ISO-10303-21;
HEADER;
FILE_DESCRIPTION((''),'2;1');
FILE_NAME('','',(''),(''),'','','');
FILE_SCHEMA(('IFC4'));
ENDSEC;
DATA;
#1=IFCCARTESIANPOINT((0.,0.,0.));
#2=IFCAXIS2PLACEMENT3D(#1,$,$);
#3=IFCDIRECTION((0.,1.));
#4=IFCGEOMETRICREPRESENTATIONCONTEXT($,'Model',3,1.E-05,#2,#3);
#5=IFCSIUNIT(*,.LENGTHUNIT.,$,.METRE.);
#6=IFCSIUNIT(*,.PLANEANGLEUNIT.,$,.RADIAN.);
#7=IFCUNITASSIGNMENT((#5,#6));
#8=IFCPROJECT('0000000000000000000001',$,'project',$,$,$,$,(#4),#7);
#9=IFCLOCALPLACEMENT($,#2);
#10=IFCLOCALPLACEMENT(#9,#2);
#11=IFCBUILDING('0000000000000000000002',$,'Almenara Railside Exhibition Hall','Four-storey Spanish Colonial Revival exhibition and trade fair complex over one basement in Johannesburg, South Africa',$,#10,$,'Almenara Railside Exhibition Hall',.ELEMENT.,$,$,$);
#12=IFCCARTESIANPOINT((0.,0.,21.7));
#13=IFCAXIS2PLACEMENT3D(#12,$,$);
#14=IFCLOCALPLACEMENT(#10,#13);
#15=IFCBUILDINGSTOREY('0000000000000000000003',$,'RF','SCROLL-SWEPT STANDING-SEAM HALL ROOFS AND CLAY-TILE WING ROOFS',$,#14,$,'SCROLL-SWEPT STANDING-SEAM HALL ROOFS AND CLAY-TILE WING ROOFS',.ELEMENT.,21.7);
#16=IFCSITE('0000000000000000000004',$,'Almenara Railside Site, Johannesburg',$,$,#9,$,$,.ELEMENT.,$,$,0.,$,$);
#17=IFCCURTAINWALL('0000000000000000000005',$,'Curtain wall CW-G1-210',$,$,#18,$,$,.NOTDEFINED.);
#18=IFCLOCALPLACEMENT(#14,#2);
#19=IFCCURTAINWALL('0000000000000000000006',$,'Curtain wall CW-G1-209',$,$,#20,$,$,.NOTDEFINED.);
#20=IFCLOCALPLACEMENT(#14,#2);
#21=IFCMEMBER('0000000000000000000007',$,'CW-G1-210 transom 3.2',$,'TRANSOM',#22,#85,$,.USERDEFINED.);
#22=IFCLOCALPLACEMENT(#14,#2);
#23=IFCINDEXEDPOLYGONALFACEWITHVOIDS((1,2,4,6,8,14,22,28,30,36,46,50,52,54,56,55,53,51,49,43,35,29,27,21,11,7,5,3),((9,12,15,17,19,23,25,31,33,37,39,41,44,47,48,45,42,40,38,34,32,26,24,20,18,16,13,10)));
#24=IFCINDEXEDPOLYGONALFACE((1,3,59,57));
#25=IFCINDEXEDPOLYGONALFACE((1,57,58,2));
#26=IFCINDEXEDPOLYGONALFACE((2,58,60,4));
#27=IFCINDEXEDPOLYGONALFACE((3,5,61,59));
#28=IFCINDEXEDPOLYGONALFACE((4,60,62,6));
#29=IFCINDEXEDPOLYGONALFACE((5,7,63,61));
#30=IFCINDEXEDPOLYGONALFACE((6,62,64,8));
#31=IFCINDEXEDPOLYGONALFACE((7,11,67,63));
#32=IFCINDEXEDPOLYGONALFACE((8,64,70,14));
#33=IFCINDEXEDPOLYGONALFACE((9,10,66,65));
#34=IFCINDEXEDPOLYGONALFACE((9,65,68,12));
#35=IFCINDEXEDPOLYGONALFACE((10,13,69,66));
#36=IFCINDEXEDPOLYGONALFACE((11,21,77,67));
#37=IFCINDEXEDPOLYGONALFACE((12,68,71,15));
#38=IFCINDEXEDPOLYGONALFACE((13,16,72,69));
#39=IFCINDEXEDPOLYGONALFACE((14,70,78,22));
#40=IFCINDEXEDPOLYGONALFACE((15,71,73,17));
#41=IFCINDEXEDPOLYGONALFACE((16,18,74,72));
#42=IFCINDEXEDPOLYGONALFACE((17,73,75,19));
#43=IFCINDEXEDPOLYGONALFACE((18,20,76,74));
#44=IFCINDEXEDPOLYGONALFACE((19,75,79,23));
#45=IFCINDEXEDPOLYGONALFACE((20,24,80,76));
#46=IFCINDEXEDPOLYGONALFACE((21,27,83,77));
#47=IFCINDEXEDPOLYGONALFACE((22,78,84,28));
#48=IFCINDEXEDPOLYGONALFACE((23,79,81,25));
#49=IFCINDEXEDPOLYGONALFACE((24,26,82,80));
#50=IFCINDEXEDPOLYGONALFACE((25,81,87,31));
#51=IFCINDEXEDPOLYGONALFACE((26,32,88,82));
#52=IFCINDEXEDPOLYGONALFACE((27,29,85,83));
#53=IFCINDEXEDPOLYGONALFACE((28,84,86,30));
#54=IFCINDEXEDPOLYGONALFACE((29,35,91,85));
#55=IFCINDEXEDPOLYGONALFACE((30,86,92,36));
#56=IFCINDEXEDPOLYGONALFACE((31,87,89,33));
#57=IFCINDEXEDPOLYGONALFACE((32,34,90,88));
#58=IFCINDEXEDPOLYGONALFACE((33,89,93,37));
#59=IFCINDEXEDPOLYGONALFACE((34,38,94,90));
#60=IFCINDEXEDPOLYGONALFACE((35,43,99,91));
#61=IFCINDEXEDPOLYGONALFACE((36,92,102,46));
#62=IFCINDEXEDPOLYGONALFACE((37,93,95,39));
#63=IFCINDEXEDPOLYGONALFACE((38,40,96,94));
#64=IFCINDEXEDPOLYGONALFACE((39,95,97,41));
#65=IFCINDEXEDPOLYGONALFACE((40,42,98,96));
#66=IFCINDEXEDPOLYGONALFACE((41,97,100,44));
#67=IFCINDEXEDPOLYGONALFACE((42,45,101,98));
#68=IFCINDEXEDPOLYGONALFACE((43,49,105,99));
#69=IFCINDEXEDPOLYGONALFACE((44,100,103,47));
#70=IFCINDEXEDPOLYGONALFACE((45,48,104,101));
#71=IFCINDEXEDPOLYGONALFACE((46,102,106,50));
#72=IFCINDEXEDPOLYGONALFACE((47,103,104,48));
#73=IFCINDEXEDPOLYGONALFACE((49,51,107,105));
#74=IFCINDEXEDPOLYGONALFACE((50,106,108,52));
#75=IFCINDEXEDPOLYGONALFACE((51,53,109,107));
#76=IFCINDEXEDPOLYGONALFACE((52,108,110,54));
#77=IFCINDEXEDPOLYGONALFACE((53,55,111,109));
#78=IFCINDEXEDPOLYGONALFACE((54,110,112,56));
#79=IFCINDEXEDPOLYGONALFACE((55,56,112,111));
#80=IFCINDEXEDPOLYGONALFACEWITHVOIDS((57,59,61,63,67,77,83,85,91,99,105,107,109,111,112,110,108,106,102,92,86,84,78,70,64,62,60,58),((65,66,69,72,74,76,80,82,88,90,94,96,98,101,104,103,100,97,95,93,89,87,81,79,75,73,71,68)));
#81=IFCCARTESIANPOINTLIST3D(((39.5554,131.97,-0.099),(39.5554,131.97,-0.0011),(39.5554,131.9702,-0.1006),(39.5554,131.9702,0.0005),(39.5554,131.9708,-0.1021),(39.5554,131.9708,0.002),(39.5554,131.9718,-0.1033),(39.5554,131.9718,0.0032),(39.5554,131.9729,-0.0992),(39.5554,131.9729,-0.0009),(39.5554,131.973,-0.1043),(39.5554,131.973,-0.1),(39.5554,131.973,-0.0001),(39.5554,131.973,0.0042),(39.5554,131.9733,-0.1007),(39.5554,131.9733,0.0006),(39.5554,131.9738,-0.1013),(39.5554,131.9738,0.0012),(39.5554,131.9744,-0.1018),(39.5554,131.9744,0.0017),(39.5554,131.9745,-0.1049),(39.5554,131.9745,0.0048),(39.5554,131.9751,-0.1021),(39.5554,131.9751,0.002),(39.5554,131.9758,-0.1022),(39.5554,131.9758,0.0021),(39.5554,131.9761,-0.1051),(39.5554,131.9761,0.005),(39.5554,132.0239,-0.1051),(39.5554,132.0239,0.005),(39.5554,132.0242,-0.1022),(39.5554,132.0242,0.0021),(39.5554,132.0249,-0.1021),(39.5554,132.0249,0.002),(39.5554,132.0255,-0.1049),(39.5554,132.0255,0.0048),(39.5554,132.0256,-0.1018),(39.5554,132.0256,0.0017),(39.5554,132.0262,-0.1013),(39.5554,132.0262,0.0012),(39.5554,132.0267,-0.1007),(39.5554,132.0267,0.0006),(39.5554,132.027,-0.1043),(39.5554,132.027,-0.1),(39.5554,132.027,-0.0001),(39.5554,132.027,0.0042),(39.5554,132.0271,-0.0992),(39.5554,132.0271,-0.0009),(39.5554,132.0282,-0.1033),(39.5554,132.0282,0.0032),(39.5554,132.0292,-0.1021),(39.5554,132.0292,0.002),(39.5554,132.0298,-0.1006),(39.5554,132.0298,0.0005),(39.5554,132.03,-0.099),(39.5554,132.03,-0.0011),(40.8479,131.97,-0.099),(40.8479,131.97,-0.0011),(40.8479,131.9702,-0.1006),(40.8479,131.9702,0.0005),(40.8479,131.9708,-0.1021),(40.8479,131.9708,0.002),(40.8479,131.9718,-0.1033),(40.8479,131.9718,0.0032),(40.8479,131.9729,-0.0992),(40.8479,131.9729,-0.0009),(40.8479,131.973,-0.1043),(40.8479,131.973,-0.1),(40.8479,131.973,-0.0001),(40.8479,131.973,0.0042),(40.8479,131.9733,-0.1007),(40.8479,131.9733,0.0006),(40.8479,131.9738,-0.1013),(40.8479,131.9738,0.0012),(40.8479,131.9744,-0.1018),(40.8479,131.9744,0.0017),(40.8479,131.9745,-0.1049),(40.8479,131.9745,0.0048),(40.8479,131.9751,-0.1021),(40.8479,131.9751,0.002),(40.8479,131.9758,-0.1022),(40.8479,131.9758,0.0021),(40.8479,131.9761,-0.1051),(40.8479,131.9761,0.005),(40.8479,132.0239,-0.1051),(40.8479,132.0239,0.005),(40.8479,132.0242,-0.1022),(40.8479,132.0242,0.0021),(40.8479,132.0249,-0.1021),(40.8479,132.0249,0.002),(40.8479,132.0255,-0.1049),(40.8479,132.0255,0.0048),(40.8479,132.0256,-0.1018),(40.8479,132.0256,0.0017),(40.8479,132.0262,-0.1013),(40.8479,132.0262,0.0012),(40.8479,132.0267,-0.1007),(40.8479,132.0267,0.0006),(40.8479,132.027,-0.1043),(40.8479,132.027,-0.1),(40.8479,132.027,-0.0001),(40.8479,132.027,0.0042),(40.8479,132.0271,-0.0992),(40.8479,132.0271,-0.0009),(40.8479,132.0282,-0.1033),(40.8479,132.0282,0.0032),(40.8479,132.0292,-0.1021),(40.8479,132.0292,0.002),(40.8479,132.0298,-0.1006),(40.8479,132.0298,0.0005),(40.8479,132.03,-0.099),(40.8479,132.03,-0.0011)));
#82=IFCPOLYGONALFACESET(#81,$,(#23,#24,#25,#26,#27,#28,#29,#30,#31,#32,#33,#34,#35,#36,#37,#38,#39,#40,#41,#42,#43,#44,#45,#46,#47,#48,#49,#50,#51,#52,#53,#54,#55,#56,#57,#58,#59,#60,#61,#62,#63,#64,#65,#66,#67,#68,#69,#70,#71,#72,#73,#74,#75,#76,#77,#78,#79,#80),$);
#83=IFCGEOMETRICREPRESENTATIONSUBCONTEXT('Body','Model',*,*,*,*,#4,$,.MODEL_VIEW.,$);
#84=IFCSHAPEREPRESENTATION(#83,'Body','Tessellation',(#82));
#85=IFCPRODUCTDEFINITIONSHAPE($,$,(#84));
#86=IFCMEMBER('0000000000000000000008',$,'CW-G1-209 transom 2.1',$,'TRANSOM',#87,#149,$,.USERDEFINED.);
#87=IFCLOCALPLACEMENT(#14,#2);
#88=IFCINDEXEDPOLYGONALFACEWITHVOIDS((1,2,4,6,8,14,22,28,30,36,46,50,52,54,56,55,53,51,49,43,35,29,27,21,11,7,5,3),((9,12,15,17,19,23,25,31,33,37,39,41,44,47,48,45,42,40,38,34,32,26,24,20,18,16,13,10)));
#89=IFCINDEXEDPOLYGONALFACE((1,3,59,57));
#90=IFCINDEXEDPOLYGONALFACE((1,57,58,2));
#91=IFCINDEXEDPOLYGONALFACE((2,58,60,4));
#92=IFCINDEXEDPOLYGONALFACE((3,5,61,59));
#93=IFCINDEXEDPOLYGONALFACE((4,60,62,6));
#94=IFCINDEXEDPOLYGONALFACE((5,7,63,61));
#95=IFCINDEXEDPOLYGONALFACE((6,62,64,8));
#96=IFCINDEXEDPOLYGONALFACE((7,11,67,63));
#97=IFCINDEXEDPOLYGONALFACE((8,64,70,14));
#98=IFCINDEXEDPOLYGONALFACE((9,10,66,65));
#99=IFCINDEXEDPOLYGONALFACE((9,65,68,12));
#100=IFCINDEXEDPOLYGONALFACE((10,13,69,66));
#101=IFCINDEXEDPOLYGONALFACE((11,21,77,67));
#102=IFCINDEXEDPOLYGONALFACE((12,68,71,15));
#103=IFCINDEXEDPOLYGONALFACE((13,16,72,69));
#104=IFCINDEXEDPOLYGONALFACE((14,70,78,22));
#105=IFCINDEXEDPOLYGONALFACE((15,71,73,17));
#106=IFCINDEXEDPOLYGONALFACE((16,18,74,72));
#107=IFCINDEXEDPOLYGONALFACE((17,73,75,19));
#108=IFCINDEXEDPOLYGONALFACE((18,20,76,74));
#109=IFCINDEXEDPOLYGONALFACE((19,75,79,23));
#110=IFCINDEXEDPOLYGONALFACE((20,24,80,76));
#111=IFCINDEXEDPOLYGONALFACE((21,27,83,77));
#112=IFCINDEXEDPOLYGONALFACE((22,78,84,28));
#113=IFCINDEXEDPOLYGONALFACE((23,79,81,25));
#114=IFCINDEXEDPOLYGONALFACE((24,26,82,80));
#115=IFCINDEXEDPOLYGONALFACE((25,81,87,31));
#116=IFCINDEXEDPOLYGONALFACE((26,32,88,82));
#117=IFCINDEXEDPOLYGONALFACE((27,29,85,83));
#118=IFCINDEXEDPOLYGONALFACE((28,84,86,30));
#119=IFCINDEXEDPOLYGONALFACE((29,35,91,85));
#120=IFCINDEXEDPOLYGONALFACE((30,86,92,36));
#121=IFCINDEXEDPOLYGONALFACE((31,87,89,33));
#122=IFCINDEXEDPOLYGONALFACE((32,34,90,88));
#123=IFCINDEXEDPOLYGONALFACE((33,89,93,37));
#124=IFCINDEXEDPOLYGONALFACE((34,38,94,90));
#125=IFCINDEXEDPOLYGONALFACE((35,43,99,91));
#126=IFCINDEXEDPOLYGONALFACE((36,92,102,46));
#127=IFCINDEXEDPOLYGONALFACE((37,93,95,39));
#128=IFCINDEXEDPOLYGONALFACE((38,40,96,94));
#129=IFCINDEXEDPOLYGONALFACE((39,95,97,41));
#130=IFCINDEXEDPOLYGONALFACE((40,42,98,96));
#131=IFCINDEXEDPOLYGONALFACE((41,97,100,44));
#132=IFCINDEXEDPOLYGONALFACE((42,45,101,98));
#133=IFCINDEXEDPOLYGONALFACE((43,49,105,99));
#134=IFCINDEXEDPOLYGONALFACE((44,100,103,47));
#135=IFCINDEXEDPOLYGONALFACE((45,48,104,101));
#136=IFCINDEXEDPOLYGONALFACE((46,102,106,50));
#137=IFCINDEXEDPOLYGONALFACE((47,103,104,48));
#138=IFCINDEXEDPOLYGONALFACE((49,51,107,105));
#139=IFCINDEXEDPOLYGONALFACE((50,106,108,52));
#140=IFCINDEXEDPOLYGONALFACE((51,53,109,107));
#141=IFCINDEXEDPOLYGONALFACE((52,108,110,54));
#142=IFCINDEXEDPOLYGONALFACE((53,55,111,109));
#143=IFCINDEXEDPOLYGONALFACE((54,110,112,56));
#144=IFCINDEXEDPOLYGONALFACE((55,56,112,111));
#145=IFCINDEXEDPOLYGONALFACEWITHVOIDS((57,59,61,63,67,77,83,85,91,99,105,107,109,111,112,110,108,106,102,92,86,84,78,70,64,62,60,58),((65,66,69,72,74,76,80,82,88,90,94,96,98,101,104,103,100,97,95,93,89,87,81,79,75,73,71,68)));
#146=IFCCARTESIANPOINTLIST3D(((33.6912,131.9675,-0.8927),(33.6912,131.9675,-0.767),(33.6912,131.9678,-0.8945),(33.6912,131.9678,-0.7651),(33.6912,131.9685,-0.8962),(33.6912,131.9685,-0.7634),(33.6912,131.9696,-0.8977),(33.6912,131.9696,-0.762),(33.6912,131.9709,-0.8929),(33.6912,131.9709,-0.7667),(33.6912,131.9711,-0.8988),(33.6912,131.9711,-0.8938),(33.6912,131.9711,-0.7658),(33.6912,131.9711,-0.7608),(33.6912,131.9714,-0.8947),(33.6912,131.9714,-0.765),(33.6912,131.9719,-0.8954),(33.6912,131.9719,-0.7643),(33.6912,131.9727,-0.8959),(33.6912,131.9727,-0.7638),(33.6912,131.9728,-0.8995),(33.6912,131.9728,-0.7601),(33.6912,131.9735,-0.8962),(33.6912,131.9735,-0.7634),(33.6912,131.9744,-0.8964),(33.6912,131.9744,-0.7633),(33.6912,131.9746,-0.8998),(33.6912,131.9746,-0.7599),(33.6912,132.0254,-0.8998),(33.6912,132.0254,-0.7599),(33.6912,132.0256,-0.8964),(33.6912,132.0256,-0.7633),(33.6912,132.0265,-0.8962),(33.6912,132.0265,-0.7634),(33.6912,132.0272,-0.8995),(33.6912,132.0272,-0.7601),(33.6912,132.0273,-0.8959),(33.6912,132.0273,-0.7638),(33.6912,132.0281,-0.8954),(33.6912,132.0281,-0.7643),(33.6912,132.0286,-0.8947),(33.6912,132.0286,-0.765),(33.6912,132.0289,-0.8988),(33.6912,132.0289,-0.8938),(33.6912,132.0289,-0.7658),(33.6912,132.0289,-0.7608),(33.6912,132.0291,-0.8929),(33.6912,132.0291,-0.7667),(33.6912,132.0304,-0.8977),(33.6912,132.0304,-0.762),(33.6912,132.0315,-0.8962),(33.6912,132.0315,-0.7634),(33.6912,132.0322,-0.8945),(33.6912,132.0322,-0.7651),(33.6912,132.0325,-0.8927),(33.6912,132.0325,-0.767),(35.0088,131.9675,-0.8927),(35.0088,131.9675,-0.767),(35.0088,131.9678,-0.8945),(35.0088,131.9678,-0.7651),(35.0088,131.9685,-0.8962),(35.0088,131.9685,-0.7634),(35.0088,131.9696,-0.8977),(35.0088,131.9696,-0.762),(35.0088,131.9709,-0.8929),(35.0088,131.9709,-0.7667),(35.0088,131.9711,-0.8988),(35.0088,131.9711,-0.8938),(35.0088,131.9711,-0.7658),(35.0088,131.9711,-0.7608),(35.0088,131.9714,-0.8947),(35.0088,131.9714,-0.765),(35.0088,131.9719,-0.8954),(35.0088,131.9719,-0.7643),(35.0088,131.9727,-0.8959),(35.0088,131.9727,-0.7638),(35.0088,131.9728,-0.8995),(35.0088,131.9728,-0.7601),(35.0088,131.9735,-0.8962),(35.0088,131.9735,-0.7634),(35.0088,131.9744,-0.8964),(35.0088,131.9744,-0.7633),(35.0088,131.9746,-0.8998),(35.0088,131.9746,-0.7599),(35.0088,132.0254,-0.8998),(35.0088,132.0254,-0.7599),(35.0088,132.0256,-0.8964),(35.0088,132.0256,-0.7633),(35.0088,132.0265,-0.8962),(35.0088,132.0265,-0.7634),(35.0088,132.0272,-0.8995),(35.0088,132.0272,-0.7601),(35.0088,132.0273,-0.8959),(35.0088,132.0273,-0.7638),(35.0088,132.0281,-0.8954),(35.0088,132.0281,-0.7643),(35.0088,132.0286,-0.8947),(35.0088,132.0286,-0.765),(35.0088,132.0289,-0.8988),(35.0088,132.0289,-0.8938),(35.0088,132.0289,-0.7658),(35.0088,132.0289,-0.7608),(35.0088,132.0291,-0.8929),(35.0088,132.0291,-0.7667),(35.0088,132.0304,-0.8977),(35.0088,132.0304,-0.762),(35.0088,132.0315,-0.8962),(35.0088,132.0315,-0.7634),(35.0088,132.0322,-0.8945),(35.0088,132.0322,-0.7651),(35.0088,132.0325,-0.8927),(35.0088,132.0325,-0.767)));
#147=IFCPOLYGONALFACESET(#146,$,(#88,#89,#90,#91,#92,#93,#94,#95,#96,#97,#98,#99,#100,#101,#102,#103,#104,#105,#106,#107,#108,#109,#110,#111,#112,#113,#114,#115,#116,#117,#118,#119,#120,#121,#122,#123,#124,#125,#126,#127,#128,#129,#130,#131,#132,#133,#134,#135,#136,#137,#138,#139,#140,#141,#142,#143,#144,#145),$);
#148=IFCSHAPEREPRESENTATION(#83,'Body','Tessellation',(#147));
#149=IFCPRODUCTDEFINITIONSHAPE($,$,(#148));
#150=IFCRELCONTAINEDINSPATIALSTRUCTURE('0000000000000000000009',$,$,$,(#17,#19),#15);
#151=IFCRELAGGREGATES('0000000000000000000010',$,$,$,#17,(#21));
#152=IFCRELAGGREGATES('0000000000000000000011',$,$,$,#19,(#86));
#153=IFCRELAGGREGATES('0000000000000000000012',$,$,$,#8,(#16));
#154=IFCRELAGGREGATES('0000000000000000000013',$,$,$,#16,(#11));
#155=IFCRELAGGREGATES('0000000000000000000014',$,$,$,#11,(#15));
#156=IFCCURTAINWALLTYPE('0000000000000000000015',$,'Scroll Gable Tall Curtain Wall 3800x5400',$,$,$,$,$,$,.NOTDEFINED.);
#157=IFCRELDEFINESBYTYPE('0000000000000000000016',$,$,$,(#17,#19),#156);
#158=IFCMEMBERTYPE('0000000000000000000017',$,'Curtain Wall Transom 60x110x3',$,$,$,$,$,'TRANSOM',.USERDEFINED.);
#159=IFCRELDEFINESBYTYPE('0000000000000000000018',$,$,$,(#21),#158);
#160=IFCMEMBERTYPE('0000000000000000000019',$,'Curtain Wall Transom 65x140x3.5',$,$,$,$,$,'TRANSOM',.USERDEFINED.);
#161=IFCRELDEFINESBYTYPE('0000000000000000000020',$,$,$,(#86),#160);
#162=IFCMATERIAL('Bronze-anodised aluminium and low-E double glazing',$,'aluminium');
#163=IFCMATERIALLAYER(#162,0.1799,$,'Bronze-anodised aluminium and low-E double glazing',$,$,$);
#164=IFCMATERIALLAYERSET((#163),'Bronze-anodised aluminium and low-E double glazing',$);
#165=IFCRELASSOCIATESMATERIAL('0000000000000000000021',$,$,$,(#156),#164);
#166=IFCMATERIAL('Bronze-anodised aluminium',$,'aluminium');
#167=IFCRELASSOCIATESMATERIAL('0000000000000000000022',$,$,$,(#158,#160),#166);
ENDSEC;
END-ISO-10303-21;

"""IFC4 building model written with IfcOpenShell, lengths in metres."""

from ifc_helpers import new_model, si_unit, direction, frame, origin, origin_2d, place, context, subcontext, project, spatial, hollow_rectangle, extrude, material, layer, layer_set, material_profile, profile_set, type_object, element, aggregate, save


model = new_model("IFC4")

# Units and contexts
model_context = context("Model", 3, precision=1e-05, world=origin(), true_north=direction((0.0, 1.0)))
body_context = subcontext(model_context, "Body", "Model", "MODEL_VIEW")
ifc_project = project(units=[si_unit("LENGTHUNIT", "METRE"), si_unit("PLANEANGLEUNIT", "RADIAN")], contexts=[model_context])

# Site, building, storey
site_placement = place(None, origin())
site = spatial("IfcSite", under=ifc_project, at=site_placement, Name="Almenara Railside Site, Johannesburg", CompositionType="ELEMENT", RefElevation=0.0)
building_placement = place(site_placement, origin())
building = spatial("IfcBuilding", under=site, at=building_placement, Name="Almenara Railside Exhibition Hall", Description="Four-storey Spanish Colonial Revival exhibition and trade fair complex over one basement in Johannesburg, South Africa", LongName="Almenara Railside Exhibition Hall", CompositionType="ELEMENT")
storey_placement = place(building_placement, frame((0.0, 0.0, 21.7)))
storey = spatial("IfcBuildingStorey", under=building, at=storey_placement, Name="RF", Description="SCROLL-SWEPT STANDING-SEAM HALL ROOFS AND CLAY-TILE WING ROOFS", LongName="SCROLL-SWEPT STANDING-SEAM HALL ROOFS AND CLAY-TILE WING ROOFS", CompositionType="ELEMENT", Elevation=21.7)

# Curtain walls
ifc_material_1 = material(Name="Bronze-anodised aluminium and low-E double glazing", Category="aluminium")
ifc_layer_1 = layer(ifc_material_1, 0.1799, Name="Bronze-anodised aluminium and low-E double glazing")
ifc_layer_set_1 = layer_set([ifc_layer_1], Name="Bronze-anodised aluminium and low-E double glazing")
curtain_wall_type = type_object("IfcCurtainWallType", Name="Scroll Gable Tall Curtain Wall 3800x5400", PredefinedType="NOTDEFINED", material=ifc_layer_set_1)
ifc_material_2 = material(Name="Bronze-anodised aluminium", Category="aluminium")
curtain_wall_1_placement = place(storey_placement, origin())
curtain_wall_1 = element("IfcCurtainWall", 1, at=curtain_wall_1_placement, inside=storey, type_object=curtain_wall_type, Name="Curtain wall CW-G1-210", PredefinedType="NOTDEFINED")
curtain_wall_2_placement = place(storey_placement, origin())
curtain_wall_2 = element("IfcCurtainWall", 2, at=curtain_wall_2_placement, inside=storey, type_object=curtain_wall_type, Name="Curtain wall CW-G1-209", PredefinedType="NOTDEFINED")

# Members
ifc_material_profile_1 = material_profile(ifc_material_2, hollow_rectangle(XDim=0.0601, YDim=0.1101, WallThickness=0.0029, InnerFilletRadius=0.0029, OuterFilletRadius=0.0061, at=origin_2d()), Name="ALU-TRN 60x110x3")
ifc_profile_set_1 = profile_set([ifc_material_profile_1], Name="Bronze-anodised aluminium")
member_type_1 = type_object("IfcMemberType", Name="Curtain Wall Transom 60x110x3", ElementType="TRANSOM", PredefinedType="USERDEFINED", material=ifc_profile_set_1)
member_1_placement = place(storey_placement, frame((39.5554, 132.0, -0.05), z_axis=(1.0, 0.0, 0.0), x_axis=(0.0, 1.0, 0.0)))
member_1 = element("IfcMember", 3, at=member_1_placement, type_object=member_type_1, Name="CW-G1-210 transom 3.2", ObjectType="TRANSOM", PredefinedType="USERDEFINED", context=body_context, shape_type="SweptSolid", body=[
    extrude(hollow_rectangle(XDim=0.0601, YDim=0.1101, WallThickness=0.0029, InnerFilletRadius=0.0029, OuterFilletRadius=0.0061, at=origin_2d()), origin(), (0.0, 0.0, 1.0), 1.2925),
])
ifc_material_profile_2 = material_profile(ifc_material_2, hollow_rectangle(XDim=0.0649, YDim=0.1399, WallThickness=0.0034, InnerFilletRadius=0.0034, OuterFilletRadius=0.0071, at=origin_2d()), Name="ALU-TRN 65x140x3.5")
ifc_profile_set_2 = profile_set([ifc_material_profile_2], Name="Bronze-anodised aluminium")
member_type_2 = type_object("IfcMemberType", Name="Curtain Wall Transom 65x140x3.5", ElementType="TRANSOM", PredefinedType="USERDEFINED", material=ifc_profile_set_2)
member_2_placement = place(storey_placement, frame((33.6912, 132.0, -0.8298), z_axis=(1.0, 0.0, 0.0), x_axis=(0.0, 1.0, 0.0)))
member_2 = element("IfcMember", 4, at=member_2_placement, type_object=member_type_2, Name="CW-G1-209 transom 2.1", ObjectType="TRANSOM", PredefinedType="USERDEFINED", context=body_context, shape_type="SweptSolid", body=[
    extrude(hollow_rectangle(XDim=0.0649, YDim=0.1399, WallThickness=0.0034, InnerFilletRadius=0.0034, OuterFilletRadius=0.0071, at=origin_2d()), origin(), (0.0, 0.0, 1.0), 1.3176),
])

aggregate(curtain_wall_1, [member_1])
aggregate(curtain_wall_2, [member_2])

save(model, "model.ifc")
